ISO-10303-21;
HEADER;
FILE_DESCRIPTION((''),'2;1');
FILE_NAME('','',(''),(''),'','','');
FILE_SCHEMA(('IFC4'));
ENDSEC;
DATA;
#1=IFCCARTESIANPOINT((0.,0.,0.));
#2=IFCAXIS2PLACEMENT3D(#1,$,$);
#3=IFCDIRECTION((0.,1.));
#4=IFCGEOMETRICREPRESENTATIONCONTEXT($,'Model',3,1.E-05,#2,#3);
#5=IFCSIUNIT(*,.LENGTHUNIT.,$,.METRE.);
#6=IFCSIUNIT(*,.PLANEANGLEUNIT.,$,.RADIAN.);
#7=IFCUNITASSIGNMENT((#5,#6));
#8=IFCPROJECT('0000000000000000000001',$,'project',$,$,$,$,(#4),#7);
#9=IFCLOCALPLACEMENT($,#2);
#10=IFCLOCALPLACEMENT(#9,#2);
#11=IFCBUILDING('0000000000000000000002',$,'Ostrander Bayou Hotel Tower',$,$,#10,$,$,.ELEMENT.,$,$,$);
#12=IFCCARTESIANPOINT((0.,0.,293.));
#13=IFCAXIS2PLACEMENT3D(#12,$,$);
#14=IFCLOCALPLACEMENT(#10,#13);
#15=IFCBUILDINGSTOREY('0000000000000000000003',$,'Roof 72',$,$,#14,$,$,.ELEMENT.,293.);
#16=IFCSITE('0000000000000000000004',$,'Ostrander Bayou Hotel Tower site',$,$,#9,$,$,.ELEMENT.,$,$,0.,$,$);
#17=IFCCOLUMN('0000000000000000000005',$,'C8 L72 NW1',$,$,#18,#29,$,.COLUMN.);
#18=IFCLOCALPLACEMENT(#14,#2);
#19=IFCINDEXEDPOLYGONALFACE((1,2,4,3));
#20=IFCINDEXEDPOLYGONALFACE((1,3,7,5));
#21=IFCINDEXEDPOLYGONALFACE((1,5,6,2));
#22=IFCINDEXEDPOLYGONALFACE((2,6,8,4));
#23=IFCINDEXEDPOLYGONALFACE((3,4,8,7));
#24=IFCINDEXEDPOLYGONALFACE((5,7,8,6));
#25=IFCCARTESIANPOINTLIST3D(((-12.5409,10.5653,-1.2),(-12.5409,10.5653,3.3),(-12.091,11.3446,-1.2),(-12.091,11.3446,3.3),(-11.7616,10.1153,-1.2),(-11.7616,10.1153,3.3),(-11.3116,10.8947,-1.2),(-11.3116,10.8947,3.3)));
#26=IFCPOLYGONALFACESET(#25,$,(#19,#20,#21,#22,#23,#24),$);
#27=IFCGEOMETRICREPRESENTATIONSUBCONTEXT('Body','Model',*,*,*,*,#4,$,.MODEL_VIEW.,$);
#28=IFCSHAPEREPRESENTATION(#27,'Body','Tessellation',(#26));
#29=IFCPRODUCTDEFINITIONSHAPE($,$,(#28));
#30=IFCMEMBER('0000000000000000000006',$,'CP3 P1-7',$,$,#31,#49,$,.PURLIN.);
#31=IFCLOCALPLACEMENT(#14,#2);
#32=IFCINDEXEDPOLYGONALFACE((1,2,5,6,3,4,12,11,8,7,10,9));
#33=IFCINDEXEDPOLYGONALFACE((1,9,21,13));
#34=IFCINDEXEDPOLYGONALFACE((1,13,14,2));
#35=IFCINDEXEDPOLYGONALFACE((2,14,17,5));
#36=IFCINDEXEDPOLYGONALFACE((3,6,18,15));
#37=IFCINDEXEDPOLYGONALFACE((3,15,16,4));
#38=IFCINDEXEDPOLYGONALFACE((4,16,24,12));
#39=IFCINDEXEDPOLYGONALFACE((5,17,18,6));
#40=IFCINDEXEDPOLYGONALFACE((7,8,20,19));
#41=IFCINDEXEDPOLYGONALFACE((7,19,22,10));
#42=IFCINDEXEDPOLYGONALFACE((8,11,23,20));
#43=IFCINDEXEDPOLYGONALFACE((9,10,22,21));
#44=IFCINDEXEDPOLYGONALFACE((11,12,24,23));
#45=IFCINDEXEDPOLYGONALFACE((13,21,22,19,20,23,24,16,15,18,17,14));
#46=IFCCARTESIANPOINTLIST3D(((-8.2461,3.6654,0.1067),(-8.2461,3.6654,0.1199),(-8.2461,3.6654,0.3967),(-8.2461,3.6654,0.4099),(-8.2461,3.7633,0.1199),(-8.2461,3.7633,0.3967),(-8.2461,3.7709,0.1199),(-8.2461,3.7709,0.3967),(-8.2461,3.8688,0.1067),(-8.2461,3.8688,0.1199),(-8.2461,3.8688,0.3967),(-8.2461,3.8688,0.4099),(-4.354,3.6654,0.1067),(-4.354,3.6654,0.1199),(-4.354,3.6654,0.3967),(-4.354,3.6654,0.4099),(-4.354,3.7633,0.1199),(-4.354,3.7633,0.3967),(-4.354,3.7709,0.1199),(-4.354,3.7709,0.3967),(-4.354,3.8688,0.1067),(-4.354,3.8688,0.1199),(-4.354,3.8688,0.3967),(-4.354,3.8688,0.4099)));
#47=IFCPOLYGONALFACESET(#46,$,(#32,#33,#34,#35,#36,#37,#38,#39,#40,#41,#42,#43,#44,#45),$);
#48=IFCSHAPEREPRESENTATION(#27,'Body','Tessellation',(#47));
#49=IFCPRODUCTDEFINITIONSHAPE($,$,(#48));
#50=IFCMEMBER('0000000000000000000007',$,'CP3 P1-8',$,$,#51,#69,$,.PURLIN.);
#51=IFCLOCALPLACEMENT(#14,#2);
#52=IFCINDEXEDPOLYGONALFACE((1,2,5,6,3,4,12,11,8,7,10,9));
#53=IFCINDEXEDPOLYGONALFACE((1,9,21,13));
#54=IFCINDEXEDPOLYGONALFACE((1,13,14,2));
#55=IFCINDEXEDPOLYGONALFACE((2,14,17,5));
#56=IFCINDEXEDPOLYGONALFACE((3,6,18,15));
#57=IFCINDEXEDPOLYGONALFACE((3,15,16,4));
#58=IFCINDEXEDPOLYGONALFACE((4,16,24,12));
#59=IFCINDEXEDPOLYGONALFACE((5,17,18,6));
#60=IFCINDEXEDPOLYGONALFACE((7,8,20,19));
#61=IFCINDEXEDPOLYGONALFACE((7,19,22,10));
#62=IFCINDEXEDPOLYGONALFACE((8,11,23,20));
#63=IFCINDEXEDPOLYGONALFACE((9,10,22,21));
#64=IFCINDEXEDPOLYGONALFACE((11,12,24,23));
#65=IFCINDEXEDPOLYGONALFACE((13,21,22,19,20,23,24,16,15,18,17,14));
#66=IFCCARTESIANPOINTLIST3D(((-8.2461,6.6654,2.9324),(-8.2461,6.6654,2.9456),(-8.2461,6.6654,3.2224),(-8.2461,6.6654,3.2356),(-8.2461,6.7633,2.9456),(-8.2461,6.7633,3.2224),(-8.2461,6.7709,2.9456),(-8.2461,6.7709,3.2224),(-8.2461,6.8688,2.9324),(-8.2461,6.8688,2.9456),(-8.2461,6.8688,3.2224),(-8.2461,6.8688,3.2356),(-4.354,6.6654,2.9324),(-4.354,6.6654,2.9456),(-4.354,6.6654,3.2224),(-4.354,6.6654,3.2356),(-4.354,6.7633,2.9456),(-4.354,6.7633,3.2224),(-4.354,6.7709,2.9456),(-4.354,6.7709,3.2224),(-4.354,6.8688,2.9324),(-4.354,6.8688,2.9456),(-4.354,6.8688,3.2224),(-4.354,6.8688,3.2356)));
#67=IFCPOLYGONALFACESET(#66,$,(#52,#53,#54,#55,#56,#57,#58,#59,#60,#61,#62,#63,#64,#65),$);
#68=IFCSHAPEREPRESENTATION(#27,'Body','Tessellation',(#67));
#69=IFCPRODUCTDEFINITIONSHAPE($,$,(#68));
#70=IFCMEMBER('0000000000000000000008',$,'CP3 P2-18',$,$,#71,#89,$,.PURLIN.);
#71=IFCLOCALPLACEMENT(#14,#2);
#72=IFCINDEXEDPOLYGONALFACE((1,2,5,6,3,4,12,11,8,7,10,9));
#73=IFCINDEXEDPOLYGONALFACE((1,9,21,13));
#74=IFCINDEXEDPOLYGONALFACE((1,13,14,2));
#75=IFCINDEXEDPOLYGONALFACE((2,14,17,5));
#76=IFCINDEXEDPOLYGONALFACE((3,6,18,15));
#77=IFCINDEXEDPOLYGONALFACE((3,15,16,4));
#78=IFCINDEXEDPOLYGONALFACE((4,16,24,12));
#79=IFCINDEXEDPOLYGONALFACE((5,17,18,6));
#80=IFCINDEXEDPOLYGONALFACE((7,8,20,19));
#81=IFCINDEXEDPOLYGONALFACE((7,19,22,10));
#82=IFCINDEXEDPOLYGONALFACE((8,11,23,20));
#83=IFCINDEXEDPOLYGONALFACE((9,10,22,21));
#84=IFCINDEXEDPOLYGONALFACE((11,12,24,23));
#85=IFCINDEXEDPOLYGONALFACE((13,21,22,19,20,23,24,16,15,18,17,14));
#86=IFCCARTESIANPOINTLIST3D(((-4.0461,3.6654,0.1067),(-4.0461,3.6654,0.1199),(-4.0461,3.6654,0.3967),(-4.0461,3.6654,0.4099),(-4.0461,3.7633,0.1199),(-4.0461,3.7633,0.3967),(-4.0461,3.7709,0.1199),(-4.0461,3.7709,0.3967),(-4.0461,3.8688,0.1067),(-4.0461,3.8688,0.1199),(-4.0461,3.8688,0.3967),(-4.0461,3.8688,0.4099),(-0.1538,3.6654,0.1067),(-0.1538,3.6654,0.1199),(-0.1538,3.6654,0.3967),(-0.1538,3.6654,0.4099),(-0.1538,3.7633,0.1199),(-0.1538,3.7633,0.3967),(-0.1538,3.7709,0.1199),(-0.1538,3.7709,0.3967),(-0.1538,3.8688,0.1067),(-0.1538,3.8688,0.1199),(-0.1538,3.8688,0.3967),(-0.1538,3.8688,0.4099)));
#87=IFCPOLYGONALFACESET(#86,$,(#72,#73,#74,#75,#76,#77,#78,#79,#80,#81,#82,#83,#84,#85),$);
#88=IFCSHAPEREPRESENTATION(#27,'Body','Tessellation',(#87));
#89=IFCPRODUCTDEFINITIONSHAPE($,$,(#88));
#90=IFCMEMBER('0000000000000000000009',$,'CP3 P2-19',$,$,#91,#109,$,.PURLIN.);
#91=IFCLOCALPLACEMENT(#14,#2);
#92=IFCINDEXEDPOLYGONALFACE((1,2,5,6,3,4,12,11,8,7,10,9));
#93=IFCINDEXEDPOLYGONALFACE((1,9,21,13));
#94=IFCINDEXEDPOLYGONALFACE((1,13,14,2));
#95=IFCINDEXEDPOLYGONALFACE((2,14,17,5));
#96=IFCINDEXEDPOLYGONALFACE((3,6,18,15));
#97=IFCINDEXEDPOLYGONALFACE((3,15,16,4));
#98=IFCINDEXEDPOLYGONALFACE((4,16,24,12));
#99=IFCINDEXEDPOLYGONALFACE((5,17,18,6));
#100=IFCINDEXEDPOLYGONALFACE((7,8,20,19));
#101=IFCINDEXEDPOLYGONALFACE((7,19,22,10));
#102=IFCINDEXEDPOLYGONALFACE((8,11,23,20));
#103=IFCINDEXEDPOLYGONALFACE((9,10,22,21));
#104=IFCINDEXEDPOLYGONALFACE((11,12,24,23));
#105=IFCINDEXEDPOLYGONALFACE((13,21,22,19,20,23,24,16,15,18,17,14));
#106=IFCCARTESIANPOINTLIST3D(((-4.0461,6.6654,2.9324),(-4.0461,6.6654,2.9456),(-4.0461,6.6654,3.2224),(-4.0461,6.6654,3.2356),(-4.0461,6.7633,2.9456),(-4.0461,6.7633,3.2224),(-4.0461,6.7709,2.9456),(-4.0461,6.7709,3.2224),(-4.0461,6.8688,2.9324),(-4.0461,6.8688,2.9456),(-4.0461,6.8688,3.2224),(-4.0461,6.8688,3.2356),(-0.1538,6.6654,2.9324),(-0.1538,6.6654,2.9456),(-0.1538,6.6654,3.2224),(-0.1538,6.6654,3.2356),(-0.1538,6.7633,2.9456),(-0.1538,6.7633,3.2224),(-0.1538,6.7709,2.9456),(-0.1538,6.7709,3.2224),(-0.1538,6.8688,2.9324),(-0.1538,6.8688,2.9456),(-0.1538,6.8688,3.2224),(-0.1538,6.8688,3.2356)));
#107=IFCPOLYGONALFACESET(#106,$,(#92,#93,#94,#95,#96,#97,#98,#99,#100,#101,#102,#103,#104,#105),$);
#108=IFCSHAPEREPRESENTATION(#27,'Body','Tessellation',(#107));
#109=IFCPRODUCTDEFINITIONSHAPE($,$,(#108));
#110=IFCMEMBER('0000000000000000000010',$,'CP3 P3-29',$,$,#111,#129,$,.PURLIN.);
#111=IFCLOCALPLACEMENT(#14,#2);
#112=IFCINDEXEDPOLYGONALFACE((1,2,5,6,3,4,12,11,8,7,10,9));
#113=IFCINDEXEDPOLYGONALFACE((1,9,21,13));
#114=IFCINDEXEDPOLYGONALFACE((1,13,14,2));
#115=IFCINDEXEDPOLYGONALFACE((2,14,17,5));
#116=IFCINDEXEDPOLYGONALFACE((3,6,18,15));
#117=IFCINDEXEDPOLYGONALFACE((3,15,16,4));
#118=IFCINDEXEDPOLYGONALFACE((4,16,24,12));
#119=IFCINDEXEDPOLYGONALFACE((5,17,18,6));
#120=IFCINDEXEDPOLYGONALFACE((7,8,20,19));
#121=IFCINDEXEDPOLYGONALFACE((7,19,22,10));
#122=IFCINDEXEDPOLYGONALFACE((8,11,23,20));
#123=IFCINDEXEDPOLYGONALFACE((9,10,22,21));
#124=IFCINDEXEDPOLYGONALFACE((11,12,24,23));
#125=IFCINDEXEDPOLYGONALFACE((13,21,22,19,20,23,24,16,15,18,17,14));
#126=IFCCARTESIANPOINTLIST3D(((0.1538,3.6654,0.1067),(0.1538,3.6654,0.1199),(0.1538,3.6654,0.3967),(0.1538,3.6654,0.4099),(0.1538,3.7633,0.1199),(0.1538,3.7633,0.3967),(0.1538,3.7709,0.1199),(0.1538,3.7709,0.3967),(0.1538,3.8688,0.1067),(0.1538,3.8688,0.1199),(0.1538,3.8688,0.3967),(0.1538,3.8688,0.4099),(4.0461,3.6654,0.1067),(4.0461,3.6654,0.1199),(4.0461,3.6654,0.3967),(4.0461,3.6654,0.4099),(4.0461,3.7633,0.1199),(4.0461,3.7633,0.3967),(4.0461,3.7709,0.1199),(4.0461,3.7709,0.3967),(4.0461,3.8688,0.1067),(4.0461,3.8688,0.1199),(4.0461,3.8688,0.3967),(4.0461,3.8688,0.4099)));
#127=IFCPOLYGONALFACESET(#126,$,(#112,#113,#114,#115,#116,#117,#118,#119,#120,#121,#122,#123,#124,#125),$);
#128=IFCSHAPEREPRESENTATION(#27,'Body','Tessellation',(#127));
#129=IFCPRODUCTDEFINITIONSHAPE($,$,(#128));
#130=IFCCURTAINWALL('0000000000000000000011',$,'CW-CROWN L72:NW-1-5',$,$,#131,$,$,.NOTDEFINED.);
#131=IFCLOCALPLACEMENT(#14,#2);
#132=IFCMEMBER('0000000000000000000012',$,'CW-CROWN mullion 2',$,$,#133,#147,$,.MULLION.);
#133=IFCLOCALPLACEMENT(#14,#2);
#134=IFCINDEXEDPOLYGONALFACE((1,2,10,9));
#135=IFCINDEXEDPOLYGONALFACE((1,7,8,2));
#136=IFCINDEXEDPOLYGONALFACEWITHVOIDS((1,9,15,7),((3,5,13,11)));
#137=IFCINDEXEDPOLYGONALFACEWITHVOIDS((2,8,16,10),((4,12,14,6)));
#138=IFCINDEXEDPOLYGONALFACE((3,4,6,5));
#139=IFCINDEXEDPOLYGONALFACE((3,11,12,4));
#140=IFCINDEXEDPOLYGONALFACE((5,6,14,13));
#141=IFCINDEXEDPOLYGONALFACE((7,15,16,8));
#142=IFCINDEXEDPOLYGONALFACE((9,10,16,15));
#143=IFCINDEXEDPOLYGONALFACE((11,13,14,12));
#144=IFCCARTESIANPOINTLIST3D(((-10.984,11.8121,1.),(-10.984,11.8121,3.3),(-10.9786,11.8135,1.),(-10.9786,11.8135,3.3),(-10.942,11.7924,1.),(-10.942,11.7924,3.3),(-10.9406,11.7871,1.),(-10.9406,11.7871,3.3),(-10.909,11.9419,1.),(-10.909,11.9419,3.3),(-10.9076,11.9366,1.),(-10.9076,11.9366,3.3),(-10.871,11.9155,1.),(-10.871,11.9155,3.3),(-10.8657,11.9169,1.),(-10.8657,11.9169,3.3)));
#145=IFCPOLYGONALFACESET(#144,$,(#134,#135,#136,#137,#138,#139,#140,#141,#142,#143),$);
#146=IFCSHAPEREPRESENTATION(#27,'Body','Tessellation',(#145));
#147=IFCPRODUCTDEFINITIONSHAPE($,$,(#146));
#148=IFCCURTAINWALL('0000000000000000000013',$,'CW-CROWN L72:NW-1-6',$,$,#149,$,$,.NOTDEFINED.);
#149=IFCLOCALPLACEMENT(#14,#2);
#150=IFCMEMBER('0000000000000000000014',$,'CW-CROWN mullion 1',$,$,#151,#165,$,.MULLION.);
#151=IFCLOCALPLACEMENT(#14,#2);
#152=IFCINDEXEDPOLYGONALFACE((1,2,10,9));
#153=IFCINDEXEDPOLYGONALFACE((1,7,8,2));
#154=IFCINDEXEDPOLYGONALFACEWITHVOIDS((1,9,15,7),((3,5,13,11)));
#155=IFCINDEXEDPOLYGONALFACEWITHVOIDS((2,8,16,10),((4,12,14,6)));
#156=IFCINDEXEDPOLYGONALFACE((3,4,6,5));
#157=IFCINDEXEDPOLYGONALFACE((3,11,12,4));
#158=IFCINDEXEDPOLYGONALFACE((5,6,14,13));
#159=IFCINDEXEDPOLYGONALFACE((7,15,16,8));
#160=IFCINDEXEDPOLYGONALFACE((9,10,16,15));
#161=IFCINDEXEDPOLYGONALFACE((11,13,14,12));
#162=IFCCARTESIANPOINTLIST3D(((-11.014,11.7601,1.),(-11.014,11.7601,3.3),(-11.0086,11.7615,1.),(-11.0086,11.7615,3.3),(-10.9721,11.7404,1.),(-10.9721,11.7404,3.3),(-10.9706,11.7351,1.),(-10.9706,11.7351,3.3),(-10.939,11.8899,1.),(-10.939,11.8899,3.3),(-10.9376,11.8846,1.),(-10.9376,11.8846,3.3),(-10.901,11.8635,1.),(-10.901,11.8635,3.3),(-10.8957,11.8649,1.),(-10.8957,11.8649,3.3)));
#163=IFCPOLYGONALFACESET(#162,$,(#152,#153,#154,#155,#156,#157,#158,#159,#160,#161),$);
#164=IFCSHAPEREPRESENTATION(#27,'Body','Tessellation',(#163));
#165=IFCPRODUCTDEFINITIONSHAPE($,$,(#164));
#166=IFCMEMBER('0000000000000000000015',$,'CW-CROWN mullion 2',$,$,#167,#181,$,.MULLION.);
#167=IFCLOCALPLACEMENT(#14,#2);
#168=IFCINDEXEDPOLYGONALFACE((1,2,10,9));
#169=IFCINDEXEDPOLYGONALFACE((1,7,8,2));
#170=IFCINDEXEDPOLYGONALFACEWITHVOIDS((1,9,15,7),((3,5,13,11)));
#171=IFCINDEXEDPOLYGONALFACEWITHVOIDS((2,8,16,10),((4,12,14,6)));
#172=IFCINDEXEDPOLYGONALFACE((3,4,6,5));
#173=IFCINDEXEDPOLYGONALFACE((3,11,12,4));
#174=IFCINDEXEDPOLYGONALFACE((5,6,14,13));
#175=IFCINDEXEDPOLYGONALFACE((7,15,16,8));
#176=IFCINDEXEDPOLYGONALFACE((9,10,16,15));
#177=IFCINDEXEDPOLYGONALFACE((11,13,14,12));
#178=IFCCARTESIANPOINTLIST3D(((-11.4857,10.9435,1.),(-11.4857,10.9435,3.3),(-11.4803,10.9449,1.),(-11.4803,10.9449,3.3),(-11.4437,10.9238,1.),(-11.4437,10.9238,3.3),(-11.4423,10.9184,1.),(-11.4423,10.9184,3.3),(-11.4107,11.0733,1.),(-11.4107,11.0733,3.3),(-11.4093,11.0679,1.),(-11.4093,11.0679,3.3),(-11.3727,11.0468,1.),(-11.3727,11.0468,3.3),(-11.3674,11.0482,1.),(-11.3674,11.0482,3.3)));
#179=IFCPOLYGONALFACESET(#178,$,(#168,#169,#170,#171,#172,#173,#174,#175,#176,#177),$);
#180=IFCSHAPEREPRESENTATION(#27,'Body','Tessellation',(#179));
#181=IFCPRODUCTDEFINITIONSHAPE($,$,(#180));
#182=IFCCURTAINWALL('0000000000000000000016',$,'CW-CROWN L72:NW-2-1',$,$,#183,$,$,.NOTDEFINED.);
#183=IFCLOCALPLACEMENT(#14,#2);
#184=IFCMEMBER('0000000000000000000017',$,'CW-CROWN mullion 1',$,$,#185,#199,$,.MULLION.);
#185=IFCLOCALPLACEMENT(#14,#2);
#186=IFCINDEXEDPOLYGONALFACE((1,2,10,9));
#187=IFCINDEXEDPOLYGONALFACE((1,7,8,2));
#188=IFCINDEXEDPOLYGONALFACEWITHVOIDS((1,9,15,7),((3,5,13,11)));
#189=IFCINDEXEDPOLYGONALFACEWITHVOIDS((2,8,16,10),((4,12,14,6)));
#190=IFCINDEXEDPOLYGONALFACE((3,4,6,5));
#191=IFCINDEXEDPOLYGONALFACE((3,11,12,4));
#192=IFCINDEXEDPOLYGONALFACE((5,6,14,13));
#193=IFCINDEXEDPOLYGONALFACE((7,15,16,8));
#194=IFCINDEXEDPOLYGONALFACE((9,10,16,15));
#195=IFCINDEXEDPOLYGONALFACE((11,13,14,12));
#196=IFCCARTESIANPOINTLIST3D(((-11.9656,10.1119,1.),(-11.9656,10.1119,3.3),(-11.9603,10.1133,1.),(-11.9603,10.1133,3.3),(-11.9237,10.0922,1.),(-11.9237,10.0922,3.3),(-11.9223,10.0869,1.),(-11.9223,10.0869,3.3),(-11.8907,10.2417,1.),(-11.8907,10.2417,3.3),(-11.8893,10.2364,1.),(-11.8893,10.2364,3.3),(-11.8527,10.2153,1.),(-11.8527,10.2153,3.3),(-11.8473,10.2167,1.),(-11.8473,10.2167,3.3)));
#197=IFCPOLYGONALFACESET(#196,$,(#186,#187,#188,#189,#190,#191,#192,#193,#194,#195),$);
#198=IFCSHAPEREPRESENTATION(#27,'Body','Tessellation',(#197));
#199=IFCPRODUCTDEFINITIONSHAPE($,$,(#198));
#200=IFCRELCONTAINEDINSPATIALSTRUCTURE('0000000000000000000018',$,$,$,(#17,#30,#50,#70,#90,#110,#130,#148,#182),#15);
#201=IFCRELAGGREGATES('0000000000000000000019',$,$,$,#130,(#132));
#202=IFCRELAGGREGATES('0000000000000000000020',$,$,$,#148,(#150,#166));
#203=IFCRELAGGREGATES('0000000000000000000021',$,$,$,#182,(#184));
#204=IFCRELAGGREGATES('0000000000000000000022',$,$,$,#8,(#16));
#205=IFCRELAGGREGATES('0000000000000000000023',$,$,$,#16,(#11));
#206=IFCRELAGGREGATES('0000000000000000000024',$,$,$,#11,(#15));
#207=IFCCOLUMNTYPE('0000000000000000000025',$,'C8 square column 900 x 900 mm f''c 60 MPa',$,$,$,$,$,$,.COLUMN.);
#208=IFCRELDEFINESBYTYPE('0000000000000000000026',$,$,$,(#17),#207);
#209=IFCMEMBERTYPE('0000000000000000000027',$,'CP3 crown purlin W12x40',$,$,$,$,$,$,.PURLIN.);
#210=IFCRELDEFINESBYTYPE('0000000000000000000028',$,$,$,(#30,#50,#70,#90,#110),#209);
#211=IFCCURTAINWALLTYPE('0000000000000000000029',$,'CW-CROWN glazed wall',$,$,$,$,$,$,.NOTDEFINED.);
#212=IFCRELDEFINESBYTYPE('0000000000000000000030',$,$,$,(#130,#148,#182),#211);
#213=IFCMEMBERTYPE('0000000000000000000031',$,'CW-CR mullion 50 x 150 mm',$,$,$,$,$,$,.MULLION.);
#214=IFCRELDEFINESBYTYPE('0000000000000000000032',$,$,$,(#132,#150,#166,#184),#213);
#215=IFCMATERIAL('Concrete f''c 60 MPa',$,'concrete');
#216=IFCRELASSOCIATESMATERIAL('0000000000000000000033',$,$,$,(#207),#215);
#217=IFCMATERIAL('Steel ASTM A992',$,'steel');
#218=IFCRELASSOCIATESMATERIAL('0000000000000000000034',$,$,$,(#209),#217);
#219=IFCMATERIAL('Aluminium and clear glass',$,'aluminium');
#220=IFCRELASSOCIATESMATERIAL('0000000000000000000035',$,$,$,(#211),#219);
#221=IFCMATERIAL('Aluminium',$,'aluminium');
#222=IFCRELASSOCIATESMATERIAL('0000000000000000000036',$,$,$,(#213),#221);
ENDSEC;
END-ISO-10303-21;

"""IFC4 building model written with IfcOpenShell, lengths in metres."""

from ifc_helpers import new_model, si_unit, direction, frame, origin, origin_2d, place, context, subcontext, project, spatial, rectangle, hollow_rectangle, i_section, extrude, material, material_profile, profile_set, type_object, element, aggregate, save


model = new_model("IFC4")

# Units and contexts
model_context = context("Model", 3, precision=1e-05, world=origin(), true_north=direction((0.0, 1.0)))
body_context = subcontext(model_context, "Body", "Model", "MODEL_VIEW")
ifc_project = project(units=[si_unit("LENGTHUNIT", "METRE"), si_unit("PLANEANGLEUNIT", "RADIAN")], contexts=[model_context])

# Site, building, storey
site_placement = place(None, origin())
site = spatial("IfcSite", under=ifc_project, at=site_placement, Name="Ostrander Bayou Hotel Tower site", CompositionType="ELEMENT", RefElevation=0.0)
building_placement = place(site_placement, origin())
building = spatial("IfcBuilding", under=site, at=building_placement, Name="Ostrander Bayou Hotel Tower", CompositionType="ELEMENT")
storey_placement = place(building_placement, frame((0.0, 0.0, 293.0)))
storey = spatial("IfcBuildingStorey", under=building, at=storey_placement, Name="Roof 72", CompositionType="ELEMENT", Elevation=293.0)

# Column
ifc_material_1 = material(Name="Concrete f'c 60 MPa", Category="concrete")
ifc_material_profile_1 = material_profile(ifc_material_1, rectangle(XDim=0.8999, YDim=0.8999, at=origin_2d()))
ifc_profile_set_1 = profile_set([ifc_material_profile_1], Name="Concrete f'c 60 MPa")
column_type = type_object("IfcColumnType", Name="C8 square column 900 x 900 mm f'c 60 MPa", PredefinedType="COLUMN", material=ifc_profile_set_1)
column_placement = place(storey_placement, frame((-11.9263, 10.73, -1.2), z_axis=(0.0, 0.0, 1.0), x_axis=(0.5, 0.866025, 0.0)))
element("IfcColumn", 1, at=column_placement, inside=storey, type_object=column_type, Name="C8 L72 NW1", PredefinedType="COLUMN", context=body_context, shape_type="SweptSolid", body=[
    extrude(rectangle(XDim=0.8999, YDim=0.8999, at=origin_2d()), origin(), (0.0, 0.0, 1.0), 4.5),
])

# Members
ifc_material_2 = material(Name="Steel ASTM A992", Category="steel")
ifc_material_profile_2 = material_profile(ifc_material_2, i_section(OverallWidth=0.2034, OverallDepth=0.3032, WebThickness=0.0076, FlangeThickness=0.0132, at=origin_2d()))
ifc_profile_set_2 = profile_set([ifc_material_profile_2], Name="Steel ASTM A992")
member_type_1 = type_object("IfcMemberType", Name="CP3 crown purlin W12x40", PredefinedType="PURLIN", material=ifc_profile_set_2)
for number, where, z_axis, x_axis, name in (
    (2, (-8.2461, 3.7671, 0.2583), (1.0, 0.0, 0.0), (0.0, 1.0, 0.0), "CP3 P1-7"),
    (3, (-8.2461, 6.7671, 3.084), (1.0, 0.0, 0.0), (0.0, 1.0, 0.0), "CP3 P1-8"),
):
    element("IfcMember", number, at=place(storey_placement, frame(where, z_axis=z_axis, x_axis=x_axis)), inside=storey, type_object=member_type_1, Name=name, PredefinedType="PURLIN", context=body_context, shape_type="SweptSolid", body=[
        extrude(i_section(OverallWidth=0.2034, OverallDepth=0.3032, WebThickness=0.0076, FlangeThickness=0.0132, at=origin_2d()), origin(), (0.0, 0.0, 1.0), 3.8921),
    ])
for number, where, z_axis, x_axis, name in (
    (4, (-4.0461, 3.7671, 0.2583), (1.0, 0.0, 0.0), (0.0, 1.0, 0.0), "CP3 P2-18"),
    (5, (-4.0461, 6.7671, 3.084), (1.0, 0.0, 0.0), (0.0, 1.0, 0.0), "CP3 P2-19"),
    (6, (0.1538, 3.7671, 0.2583), (1.0, 0.0, 0.0), (0.0, 1.0, 0.0), "CP3 P3-29"),
):
    element("IfcMember", number, at=place(storey_placement, frame(where, z_axis=z_axis, x_axis=x_axis)), inside=storey, type_object=member_type_1, Name=name, PredefinedType="PURLIN", context=body_context, shape_type="SweptSolid", body=[
        extrude(i_section(OverallWidth=0.2034, OverallDepth=0.3032, WebThickness=0.0076, FlangeThickness=0.0132, at=origin_2d()), origin(), (0.0, 0.0, 1.0), 3.8923),
    ])

# Curtain wall, member
ifc_material_3 = material(Name="Aluminium and clear glass", Category="aluminium")
curtain_wall_type = type_object("IfcCurtainWallType", Name="CW-CROWN glazed wall", PredefinedType="NOTDEFINED", material=ifc_material_3)
curtain_wall_1_placement = place(storey_placement, origin())
curtain_wall_1 = element("IfcCurtainWall", 7, at=curtain_wall_1_placement, inside=storey, type_object=curtain_wall_type, Name="CW-CROWN L72:NW-1-5", PredefinedType="NOTDEFINED")
ifc_material_4 = material(Name="Aluminium", Category="aluminium")
ifc_material_profile_3 = material_profile(ifc_material_4, hollow_rectangle(XDim=0.05, YDim=0.1499, WallThickness=0.0039, at=origin_2d()))
ifc_profile_set_3 = profile_set([ifc_material_profile_3], Name="Aluminium")
member_type_2 = type_object("IfcMemberType", Name="CW-CR mullion 50 x 150 mm", PredefinedType="MULLION", material=ifc_profile_set_3)
member_1_placement = place(storey_placement, frame((-10.9248, 11.8645, 1.0), z_axis=(0.0, 0.0, 1.0), x_axis=(0.866001, -0.500042, 0.0)))
member_1 = element("IfcMember", 8, at=member_1_placement, type_object=member_type_2, Name="CW-CROWN mullion 2", PredefinedType="MULLION", context=body_context, shape_type="SweptSolid", body=[
    extrude(hollow_rectangle(XDim=0.05, YDim=0.1499, WallThickness=0.0039, at=origin_2d()), origin(), (0.0, 0.0, 1.0), 2.3),
])

# Curtain walls, members
curtain_wall_2_placement = place(storey_placement, origin())
curtain_wall_2 = element("IfcCurtainWall", 9, at=curtain_wall_2_placement, inside=storey, type_object=curtain_wall_type, Name="CW-CROWN L72:NW-1-6", PredefinedType="NOTDEFINED")
member_2_placement = place(storey_placement, frame((-10.9548, 11.8125, 1.0), z_axis=(0.0, 0.0, 1.0), x_axis=(0.866026, -0.499999, 0.0)))
member_2 = element("IfcMember", 10, at=member_2_placement, type_object=member_type_2, Name="CW-CROWN mullion 1", PredefinedType="MULLION", context=body_context, shape_type="SweptSolid", body=[
    extrude(hollow_rectangle(XDim=0.05, YDim=0.1499, WallThickness=0.0039, at=origin_2d()), origin(), (0.0, 0.0, 1.0), 2.3),
])
member_3_placement = place(storey_placement, frame((-11.4265, 10.9958, 1.0), z_axis=(0.0, 0.0, 1.0), x_axis=(0.866026, -0.499999, 0.0)))
member_3 = element("IfcMember", 11, at=member_3_placement, type_object=member_type_2, Name="CW-CROWN mullion 2", PredefinedType="MULLION", context=body_context, shape_type="SweptSolid", body=[
    extrude(hollow_rectangle(XDim=0.05, YDim=0.1499, WallThickness=0.0039, at=origin_2d()), origin(), (0.0, 0.0, 1.0), 2.3),
])
curtain_wall_3_placement = place(storey_placement, origin())
curtain_wall_3 = element("IfcCurtainWall", 12, at=curtain_wall_3_placement, inside=storey, type_object=curtain_wall_type, Name="CW-CROWN L72:NW-2-1", PredefinedType="NOTDEFINED")
member_4_placement = place(storey_placement, frame((-11.9065, 10.1643, 1.0), z_axis=(0.0, 0.0, 1.0), x_axis=(0.866022, -0.500005, 0.0)))
member_4 = element("IfcMember", 13, at=member_4_placement, type_object=member_type_2, Name="CW-CROWN mullion 1", PredefinedType="MULLION", context=body_context, shape_type="SweptSolid", body=[
    extrude(hollow_rectangle(XDim=0.05, YDim=0.1499, WallThickness=0.0039, at=origin_2d()), origin(), (0.0, 0.0, 1.0), 2.3),
])

aggregate(curtain_wall_1, [member_1])
aggregate(curtain_wall_2, [member_2, member_3])
aggregate(curtain_wall_3, [member_4])

save(model, "model.ifc")
